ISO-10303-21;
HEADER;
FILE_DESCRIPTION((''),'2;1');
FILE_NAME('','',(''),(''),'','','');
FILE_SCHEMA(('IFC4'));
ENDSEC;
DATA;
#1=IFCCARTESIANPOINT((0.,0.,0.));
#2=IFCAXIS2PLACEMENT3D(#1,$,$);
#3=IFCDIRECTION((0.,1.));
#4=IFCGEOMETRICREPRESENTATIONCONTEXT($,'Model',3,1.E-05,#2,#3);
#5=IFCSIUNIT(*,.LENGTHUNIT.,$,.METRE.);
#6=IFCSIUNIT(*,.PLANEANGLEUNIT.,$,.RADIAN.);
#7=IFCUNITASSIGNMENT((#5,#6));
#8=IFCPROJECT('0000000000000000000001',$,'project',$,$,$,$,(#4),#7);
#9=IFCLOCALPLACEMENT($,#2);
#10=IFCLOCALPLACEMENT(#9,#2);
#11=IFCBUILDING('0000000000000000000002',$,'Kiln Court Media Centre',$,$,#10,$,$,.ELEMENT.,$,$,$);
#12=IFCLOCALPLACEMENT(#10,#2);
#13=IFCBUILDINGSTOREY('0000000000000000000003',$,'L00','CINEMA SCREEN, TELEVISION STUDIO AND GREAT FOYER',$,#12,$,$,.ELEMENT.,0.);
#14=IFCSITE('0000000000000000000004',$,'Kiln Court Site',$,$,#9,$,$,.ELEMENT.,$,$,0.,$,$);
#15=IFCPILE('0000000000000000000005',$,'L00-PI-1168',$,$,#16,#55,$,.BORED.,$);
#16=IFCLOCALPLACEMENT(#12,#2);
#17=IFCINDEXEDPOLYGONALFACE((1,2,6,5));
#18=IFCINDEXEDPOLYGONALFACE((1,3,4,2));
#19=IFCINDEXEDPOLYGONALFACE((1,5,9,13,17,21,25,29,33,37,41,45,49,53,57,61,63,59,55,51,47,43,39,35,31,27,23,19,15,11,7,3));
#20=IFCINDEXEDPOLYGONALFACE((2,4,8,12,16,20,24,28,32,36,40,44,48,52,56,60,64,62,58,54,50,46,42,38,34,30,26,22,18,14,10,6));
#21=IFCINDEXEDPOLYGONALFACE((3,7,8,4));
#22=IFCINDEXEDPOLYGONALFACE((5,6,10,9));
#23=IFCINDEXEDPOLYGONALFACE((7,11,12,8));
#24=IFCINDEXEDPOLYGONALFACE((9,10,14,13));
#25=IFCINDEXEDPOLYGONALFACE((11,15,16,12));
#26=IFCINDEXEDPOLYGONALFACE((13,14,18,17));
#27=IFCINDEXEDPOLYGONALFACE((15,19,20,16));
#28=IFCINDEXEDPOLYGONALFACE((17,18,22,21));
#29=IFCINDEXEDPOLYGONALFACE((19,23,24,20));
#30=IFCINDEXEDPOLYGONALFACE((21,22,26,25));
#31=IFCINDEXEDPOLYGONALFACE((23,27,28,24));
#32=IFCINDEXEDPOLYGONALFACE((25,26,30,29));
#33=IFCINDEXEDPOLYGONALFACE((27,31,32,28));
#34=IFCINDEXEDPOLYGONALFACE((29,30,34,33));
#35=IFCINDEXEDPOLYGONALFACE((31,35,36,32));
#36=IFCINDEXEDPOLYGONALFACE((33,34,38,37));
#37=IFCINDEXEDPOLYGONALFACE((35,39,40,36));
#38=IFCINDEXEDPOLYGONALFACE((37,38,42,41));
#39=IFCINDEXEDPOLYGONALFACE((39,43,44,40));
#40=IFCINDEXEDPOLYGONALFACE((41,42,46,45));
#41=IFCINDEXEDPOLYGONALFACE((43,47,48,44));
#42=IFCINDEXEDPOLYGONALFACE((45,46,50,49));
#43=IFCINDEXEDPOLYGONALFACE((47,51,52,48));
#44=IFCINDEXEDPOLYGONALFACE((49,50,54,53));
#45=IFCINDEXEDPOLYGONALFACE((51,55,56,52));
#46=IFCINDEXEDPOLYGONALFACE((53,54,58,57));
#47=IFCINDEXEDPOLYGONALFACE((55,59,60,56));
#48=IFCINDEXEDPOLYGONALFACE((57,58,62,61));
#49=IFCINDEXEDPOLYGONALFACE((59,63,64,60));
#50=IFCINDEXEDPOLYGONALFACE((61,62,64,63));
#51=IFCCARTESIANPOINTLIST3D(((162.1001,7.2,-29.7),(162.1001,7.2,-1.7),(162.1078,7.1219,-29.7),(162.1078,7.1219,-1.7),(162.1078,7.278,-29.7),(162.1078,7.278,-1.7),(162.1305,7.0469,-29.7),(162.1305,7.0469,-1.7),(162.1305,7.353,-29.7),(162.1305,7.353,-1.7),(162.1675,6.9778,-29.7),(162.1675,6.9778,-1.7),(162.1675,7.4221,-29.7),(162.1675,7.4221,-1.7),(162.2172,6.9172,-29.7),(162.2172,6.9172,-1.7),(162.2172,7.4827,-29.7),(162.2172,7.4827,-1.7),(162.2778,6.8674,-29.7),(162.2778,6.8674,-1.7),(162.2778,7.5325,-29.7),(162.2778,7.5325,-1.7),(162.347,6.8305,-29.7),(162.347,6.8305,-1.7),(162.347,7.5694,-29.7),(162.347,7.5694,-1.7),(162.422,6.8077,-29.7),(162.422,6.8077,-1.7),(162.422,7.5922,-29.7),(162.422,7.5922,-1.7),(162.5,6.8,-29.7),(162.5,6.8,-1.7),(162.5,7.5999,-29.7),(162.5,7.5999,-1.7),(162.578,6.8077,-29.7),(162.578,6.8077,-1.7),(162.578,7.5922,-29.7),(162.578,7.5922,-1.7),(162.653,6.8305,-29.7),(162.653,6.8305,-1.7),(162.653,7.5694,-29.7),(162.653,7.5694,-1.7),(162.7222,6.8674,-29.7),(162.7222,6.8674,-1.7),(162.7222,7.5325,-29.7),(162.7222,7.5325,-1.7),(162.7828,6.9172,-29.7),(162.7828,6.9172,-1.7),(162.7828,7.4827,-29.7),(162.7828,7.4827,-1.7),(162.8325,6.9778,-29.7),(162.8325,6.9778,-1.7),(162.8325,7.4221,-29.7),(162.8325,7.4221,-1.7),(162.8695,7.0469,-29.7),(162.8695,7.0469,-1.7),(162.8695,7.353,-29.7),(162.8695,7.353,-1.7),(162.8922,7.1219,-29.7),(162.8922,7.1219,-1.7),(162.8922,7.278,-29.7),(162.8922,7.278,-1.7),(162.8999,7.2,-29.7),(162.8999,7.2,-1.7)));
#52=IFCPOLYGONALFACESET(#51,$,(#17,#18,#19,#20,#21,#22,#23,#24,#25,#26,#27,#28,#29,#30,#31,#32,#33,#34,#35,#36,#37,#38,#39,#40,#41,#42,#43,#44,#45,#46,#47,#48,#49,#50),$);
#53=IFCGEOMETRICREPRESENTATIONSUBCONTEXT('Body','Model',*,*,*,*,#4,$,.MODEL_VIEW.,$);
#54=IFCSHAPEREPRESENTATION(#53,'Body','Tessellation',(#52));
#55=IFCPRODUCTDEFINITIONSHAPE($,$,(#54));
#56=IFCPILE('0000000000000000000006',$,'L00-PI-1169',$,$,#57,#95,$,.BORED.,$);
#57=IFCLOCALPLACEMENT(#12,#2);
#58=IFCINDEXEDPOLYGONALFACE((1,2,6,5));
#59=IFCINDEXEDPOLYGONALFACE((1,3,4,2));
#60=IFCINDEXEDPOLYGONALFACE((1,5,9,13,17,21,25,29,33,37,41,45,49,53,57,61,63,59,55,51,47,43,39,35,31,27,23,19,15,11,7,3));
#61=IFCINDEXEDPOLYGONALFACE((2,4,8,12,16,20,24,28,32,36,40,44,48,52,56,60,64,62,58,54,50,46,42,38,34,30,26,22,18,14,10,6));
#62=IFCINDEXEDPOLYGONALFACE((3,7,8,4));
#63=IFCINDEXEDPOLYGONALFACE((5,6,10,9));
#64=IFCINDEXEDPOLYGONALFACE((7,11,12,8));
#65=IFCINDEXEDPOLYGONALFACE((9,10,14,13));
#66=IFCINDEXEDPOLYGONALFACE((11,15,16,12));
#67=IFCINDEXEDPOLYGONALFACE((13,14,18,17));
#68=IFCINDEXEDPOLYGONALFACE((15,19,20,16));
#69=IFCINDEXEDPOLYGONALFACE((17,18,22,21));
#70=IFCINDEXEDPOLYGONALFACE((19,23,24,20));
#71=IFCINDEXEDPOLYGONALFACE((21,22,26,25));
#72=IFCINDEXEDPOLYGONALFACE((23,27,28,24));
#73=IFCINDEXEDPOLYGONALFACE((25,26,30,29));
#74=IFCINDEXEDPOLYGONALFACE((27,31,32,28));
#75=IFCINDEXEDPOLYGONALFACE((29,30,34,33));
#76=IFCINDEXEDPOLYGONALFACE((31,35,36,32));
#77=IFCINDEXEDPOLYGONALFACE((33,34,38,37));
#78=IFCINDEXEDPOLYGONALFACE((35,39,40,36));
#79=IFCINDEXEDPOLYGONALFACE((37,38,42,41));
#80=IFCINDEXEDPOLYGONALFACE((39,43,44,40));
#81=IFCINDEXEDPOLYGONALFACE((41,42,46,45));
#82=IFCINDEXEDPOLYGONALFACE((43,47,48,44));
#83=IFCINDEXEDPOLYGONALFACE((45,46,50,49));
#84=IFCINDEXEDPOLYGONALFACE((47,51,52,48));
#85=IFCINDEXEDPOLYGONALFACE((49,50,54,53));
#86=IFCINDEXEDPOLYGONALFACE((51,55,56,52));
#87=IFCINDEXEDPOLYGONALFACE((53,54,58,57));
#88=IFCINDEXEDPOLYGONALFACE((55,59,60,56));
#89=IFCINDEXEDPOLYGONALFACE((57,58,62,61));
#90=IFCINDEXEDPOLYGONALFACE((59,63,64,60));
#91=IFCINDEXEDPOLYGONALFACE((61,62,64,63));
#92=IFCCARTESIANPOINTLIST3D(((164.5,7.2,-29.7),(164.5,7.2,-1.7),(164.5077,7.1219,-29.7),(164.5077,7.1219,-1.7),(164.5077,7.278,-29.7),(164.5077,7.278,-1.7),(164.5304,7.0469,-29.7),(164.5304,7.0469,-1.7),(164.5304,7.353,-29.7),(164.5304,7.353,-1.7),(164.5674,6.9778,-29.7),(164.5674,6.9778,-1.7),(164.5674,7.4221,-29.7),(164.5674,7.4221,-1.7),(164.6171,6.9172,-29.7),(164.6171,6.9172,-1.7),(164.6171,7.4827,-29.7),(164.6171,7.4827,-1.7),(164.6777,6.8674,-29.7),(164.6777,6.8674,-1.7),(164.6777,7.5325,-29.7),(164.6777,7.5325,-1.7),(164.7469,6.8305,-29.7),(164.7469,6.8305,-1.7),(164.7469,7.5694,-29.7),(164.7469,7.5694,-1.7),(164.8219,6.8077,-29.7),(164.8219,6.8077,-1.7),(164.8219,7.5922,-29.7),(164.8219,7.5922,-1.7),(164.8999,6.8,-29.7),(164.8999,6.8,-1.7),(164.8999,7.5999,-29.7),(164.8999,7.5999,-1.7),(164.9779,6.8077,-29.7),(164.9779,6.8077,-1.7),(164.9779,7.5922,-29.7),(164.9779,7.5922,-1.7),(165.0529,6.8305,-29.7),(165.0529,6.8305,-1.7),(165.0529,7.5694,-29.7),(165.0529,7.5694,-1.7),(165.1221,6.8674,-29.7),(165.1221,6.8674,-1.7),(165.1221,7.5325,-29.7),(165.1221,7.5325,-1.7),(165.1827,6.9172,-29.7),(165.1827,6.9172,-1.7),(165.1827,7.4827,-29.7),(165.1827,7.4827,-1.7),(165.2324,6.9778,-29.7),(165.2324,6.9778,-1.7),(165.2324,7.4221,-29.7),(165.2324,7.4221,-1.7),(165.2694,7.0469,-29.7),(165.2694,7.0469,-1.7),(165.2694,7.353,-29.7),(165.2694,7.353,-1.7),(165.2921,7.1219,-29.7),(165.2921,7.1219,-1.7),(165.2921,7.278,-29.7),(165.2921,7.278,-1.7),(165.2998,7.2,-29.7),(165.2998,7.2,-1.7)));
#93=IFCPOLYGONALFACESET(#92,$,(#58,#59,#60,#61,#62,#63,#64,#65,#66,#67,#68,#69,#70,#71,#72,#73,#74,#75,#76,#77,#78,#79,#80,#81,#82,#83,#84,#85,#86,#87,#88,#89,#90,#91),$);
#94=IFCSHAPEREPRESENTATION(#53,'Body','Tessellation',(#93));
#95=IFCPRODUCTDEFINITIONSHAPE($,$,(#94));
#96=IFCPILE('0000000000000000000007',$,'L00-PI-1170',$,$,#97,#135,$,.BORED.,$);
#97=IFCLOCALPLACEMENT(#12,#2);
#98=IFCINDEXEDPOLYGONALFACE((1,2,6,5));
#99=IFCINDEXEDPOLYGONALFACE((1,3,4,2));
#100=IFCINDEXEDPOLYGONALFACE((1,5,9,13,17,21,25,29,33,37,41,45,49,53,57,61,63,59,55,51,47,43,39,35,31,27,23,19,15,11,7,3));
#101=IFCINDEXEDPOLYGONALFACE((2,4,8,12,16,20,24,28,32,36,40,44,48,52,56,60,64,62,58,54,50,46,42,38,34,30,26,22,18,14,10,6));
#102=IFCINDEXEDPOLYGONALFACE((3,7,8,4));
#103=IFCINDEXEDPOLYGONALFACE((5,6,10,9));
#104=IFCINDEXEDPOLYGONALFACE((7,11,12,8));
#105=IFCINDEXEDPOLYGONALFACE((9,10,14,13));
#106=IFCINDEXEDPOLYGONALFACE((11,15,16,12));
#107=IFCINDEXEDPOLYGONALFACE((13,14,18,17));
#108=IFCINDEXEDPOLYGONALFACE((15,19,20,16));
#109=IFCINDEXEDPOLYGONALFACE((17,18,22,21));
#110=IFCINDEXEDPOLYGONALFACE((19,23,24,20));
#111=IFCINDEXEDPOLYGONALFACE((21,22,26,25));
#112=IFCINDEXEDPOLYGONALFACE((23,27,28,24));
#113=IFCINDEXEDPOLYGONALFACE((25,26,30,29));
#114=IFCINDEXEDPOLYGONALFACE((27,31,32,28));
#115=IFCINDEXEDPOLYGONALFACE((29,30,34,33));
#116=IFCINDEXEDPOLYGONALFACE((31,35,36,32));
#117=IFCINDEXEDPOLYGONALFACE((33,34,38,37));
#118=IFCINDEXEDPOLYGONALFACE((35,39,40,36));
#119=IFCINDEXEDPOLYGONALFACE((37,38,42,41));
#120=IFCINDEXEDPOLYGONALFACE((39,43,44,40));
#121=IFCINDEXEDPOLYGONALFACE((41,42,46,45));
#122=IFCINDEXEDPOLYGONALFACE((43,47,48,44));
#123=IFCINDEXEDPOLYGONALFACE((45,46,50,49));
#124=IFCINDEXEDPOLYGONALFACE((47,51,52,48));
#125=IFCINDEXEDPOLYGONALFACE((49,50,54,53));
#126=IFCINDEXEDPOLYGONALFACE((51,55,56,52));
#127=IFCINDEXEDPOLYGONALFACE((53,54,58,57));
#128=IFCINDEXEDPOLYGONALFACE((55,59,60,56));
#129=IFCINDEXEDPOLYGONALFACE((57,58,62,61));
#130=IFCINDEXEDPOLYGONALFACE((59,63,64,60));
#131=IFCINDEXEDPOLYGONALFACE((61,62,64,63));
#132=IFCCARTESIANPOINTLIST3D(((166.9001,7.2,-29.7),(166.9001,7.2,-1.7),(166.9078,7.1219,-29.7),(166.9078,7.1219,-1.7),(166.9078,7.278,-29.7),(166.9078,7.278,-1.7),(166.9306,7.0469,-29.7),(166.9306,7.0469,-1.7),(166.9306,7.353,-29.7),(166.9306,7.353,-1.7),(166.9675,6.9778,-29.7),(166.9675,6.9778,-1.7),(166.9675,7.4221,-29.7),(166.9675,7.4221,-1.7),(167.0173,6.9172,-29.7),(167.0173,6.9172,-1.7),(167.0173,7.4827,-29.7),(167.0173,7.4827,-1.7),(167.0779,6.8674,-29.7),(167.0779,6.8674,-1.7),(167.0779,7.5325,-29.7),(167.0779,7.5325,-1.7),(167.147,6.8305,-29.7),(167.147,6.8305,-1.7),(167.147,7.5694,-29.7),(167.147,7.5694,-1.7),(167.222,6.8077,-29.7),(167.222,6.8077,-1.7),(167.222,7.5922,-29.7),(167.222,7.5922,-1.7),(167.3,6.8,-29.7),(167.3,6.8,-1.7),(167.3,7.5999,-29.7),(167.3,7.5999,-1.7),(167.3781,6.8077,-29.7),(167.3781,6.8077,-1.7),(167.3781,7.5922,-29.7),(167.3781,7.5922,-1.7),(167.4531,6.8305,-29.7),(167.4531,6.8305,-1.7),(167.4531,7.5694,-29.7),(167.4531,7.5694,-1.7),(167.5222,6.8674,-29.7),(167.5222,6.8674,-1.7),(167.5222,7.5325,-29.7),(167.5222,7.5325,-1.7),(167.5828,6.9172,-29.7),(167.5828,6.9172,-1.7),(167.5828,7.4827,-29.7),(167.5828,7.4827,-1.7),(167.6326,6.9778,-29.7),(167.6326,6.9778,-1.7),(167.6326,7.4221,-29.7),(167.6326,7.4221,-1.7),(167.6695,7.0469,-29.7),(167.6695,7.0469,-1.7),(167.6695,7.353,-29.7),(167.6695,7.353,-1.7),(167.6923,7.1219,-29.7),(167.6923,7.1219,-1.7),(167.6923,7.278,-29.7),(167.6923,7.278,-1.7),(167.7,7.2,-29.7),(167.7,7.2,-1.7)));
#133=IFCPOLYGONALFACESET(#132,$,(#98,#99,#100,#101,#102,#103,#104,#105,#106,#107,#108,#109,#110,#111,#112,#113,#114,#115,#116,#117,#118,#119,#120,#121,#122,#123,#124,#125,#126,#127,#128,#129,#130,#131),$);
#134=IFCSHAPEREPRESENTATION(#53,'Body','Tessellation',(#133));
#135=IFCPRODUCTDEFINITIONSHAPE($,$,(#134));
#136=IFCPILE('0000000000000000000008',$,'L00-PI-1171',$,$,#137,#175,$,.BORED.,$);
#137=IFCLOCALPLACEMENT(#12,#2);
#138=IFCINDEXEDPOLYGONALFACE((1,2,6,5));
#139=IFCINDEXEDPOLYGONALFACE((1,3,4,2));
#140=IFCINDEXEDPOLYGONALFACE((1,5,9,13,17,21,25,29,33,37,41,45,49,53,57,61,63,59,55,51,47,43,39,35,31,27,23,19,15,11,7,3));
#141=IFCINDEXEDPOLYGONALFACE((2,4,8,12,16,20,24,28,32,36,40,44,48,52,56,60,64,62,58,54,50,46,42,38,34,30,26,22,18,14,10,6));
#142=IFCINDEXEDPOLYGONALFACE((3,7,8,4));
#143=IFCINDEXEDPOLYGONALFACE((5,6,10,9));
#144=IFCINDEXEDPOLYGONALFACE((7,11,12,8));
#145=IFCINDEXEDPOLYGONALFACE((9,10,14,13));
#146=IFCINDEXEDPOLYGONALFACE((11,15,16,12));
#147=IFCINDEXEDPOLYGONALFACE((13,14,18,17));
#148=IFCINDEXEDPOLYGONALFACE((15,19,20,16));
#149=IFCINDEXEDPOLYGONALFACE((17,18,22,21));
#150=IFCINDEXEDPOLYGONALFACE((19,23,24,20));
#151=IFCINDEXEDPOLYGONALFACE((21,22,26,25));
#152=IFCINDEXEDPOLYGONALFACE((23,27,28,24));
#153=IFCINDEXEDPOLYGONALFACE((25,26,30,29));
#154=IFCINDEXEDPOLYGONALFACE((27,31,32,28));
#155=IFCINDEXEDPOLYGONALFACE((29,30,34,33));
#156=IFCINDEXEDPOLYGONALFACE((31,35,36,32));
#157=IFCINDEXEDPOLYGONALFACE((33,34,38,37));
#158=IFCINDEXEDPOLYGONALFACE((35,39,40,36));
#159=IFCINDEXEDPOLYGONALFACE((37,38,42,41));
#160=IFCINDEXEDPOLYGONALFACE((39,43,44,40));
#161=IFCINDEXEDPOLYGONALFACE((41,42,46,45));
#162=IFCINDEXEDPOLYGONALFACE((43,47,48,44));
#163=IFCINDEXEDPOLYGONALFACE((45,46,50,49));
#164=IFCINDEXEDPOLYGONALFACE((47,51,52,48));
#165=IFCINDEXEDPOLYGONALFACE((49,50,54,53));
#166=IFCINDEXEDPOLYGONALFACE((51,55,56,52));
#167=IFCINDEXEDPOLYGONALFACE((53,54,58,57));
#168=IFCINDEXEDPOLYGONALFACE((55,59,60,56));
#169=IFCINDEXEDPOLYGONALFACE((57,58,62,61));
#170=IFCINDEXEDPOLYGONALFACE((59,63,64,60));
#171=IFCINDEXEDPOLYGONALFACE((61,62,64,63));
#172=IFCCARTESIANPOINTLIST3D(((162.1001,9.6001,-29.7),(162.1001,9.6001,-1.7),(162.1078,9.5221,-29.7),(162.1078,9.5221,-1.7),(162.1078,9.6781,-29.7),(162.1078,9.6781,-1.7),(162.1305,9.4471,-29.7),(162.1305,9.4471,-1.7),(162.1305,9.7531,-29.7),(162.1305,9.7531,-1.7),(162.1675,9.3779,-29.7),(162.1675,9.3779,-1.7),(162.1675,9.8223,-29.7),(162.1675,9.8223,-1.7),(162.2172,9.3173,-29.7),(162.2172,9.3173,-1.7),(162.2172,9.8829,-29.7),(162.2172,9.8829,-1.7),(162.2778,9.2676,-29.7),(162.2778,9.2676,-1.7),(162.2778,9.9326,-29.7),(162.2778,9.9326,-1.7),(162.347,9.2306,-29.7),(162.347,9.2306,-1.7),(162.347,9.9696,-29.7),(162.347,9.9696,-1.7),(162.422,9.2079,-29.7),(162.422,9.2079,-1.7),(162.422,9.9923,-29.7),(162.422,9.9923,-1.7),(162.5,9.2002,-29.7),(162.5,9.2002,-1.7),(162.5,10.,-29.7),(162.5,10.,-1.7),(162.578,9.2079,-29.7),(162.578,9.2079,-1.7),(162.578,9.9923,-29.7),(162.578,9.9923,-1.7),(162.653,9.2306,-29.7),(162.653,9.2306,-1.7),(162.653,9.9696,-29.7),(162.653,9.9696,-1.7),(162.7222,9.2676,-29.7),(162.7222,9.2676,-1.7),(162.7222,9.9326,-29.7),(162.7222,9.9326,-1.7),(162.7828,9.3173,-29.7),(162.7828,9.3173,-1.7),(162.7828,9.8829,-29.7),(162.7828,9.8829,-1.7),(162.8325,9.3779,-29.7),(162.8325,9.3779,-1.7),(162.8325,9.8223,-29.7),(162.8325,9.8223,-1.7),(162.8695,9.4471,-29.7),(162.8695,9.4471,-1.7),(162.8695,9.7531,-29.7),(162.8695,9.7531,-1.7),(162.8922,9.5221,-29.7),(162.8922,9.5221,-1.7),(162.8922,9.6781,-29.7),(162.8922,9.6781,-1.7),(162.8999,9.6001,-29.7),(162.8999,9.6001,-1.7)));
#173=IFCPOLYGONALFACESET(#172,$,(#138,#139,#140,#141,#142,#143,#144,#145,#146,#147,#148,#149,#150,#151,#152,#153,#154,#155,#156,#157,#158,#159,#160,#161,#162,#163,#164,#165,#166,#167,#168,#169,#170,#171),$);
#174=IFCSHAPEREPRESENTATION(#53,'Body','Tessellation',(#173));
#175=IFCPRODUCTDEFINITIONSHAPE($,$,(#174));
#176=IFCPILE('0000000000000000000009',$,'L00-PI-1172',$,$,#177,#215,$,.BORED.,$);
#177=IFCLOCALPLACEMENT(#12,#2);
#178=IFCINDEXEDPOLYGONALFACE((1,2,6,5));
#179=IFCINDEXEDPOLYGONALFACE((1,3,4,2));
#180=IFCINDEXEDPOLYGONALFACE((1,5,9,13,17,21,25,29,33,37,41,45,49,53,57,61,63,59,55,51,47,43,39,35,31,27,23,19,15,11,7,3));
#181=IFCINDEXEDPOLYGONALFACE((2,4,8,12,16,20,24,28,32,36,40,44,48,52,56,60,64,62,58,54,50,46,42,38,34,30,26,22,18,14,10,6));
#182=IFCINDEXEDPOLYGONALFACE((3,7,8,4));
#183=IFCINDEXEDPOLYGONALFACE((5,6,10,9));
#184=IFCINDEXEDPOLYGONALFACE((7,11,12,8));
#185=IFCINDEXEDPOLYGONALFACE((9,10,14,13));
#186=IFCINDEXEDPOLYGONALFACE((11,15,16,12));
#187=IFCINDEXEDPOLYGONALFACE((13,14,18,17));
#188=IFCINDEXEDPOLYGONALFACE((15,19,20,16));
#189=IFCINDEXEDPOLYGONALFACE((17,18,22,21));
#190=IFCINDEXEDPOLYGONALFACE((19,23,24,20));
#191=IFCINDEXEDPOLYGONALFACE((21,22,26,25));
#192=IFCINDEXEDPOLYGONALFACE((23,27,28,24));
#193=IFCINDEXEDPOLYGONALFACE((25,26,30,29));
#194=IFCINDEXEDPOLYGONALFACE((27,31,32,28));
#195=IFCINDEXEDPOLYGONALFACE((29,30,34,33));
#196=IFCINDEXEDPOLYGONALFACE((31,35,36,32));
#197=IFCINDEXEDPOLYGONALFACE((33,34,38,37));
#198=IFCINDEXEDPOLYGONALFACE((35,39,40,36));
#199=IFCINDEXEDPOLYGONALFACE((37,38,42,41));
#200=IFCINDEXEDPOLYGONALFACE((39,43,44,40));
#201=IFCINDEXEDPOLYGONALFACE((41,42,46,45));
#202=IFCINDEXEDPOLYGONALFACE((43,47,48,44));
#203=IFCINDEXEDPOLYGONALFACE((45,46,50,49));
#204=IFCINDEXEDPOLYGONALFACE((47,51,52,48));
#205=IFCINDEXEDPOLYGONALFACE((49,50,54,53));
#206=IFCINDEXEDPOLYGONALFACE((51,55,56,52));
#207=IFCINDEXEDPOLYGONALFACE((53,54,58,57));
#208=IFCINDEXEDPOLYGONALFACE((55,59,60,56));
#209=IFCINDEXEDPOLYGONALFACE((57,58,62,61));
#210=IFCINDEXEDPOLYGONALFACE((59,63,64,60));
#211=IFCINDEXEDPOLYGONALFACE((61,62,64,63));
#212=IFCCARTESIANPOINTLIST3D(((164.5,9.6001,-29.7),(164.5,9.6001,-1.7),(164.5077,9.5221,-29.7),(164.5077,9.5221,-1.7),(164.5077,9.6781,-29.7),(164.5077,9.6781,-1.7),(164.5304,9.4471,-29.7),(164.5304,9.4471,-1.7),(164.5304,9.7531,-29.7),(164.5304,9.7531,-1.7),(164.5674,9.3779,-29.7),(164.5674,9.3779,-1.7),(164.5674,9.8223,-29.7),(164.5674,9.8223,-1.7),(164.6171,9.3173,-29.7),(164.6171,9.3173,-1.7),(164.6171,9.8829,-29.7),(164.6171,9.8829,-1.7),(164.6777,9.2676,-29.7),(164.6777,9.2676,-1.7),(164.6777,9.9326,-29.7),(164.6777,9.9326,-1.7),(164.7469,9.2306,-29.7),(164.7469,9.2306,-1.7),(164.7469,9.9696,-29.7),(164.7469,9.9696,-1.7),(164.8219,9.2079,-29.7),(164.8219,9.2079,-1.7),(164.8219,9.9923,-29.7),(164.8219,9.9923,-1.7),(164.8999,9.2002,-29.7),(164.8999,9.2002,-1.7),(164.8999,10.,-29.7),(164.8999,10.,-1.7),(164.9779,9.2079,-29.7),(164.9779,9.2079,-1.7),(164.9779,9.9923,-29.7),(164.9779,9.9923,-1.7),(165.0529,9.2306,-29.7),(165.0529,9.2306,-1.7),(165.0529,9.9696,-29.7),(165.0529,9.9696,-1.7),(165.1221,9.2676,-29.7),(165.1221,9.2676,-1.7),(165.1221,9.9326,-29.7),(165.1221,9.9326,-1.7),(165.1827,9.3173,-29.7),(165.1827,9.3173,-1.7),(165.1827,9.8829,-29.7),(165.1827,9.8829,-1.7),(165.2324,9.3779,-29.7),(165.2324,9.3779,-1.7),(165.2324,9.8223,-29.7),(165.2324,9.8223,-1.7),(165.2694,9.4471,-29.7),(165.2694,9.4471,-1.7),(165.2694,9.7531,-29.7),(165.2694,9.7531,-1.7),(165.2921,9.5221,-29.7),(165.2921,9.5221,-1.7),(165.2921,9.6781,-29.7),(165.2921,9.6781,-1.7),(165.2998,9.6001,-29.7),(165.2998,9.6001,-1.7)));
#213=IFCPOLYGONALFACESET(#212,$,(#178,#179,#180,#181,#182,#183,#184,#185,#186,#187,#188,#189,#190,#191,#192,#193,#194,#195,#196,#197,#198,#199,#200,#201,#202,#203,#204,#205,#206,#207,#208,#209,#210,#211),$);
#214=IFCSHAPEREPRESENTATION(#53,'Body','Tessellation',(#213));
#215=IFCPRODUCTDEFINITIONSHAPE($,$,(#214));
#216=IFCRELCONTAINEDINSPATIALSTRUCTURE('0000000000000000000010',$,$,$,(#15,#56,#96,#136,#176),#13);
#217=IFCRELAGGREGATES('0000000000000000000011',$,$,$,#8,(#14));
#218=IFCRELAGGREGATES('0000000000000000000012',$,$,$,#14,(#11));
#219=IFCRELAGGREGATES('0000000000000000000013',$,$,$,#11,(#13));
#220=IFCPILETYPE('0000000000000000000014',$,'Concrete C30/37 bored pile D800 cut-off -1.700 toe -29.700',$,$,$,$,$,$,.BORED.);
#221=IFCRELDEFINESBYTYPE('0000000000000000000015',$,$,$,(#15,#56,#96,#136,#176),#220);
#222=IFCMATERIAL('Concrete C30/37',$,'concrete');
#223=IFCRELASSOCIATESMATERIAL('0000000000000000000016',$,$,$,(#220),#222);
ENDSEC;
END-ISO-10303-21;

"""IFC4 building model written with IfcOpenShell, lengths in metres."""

from ifc_helpers import new_model, si_unit, direction, frame, origin, origin_2d, place, context, subcontext, project, spatial, circle, extrude, material, material_profile, profile_set, type_object, element, save


model = new_model("IFC4")

# Units and contexts
model_context = context("Model", 3, precision=1e-05, world=origin(), true_north=direction((0.0, 1.0)))
body_context = subcontext(model_context, "Body", "Model", "MODEL_VIEW")
ifc_project = project(units=[si_unit("LENGTHUNIT", "METRE"), si_unit("PLANEANGLEUNIT", "RADIAN")], contexts=[model_context])

# Site, building, storey
site_placement = place(None, origin())
site = spatial("IfcSite", under=ifc_project, at=site_placement, Name="Kiln Court Site", CompositionType="ELEMENT", RefElevation=0.0)
building_placement = place(site_placement, origin())
building = spatial("IfcBuilding", under=site, at=building_placement, Name="Kiln Court Media Centre", CompositionType="ELEMENT")
storey_placement = place(building_placement, origin())
storey = spatial("IfcBuildingStorey", under=building, at=storey_placement, Name="L00", Description="CINEMA SCREEN, TELEVISION STUDIO AND GREAT FOYER", CompositionType="ELEMENT", Elevation=0.0)

# Piles
ifc_material_1 = material(Name="Concrete C30/37", Category="concrete")
ifc_material_profile_1 = material_profile(ifc_material_1, circle(Radius=0.3999, at=origin_2d()), Name="PILE D800")
ifc_profile_set_1 = profile_set([ifc_material_profile_1], Name="Concrete C30/37")
pile_type_1 = type_object("IfcPileType", Name="Concrete C30/37 bored pile D800 cut-off -1.700 toe -29.700", PredefinedType="BORED", material=ifc_profile_set_1)
for number, where, z_axis, x_axis, name in (
    (1, (162.5, 7.2, -1.7), (0.0, 0.0, -1.0), (1.0, 0.0, 0.0), "L00-PI-1168"),
    (2, (164.8999, 7.2, -1.7), (0.0, 0.0, -1.0), (1.0, 0.0, 0.0), "L00-PI-1169"),
    (3, (167.3, 7.2, -1.7), (0.0, 0.0, -1.0), (1.0, 0.0, 0.0), "L00-PI-1170"),
    (4, (162.5, 9.6001, -1.7), (0.0, 0.0, -1.0), (1.0, 0.0, 0.0), "L00-PI-1171"),
    (5, (164.8999, 9.6001, -1.7), (0.0, 0.0, -1.0), (1.0, 0.0, 0.0), "L00-PI-1172"),
):
    element("IfcPile", number, at=place(storey_placement, frame(where, z_axis=z_axis, x_axis=x_axis)), inside=storey, type_object=pile_type_1, Name=name, PredefinedType="BORED", context=body_context, shape_type="SweptSolid", body=[
        extrude(circle(Radius=0.3999, at=origin_2d()), origin(), (0.0, 0.0, 1.0), 28.0),
    ])

save(model, "model.ifc")
